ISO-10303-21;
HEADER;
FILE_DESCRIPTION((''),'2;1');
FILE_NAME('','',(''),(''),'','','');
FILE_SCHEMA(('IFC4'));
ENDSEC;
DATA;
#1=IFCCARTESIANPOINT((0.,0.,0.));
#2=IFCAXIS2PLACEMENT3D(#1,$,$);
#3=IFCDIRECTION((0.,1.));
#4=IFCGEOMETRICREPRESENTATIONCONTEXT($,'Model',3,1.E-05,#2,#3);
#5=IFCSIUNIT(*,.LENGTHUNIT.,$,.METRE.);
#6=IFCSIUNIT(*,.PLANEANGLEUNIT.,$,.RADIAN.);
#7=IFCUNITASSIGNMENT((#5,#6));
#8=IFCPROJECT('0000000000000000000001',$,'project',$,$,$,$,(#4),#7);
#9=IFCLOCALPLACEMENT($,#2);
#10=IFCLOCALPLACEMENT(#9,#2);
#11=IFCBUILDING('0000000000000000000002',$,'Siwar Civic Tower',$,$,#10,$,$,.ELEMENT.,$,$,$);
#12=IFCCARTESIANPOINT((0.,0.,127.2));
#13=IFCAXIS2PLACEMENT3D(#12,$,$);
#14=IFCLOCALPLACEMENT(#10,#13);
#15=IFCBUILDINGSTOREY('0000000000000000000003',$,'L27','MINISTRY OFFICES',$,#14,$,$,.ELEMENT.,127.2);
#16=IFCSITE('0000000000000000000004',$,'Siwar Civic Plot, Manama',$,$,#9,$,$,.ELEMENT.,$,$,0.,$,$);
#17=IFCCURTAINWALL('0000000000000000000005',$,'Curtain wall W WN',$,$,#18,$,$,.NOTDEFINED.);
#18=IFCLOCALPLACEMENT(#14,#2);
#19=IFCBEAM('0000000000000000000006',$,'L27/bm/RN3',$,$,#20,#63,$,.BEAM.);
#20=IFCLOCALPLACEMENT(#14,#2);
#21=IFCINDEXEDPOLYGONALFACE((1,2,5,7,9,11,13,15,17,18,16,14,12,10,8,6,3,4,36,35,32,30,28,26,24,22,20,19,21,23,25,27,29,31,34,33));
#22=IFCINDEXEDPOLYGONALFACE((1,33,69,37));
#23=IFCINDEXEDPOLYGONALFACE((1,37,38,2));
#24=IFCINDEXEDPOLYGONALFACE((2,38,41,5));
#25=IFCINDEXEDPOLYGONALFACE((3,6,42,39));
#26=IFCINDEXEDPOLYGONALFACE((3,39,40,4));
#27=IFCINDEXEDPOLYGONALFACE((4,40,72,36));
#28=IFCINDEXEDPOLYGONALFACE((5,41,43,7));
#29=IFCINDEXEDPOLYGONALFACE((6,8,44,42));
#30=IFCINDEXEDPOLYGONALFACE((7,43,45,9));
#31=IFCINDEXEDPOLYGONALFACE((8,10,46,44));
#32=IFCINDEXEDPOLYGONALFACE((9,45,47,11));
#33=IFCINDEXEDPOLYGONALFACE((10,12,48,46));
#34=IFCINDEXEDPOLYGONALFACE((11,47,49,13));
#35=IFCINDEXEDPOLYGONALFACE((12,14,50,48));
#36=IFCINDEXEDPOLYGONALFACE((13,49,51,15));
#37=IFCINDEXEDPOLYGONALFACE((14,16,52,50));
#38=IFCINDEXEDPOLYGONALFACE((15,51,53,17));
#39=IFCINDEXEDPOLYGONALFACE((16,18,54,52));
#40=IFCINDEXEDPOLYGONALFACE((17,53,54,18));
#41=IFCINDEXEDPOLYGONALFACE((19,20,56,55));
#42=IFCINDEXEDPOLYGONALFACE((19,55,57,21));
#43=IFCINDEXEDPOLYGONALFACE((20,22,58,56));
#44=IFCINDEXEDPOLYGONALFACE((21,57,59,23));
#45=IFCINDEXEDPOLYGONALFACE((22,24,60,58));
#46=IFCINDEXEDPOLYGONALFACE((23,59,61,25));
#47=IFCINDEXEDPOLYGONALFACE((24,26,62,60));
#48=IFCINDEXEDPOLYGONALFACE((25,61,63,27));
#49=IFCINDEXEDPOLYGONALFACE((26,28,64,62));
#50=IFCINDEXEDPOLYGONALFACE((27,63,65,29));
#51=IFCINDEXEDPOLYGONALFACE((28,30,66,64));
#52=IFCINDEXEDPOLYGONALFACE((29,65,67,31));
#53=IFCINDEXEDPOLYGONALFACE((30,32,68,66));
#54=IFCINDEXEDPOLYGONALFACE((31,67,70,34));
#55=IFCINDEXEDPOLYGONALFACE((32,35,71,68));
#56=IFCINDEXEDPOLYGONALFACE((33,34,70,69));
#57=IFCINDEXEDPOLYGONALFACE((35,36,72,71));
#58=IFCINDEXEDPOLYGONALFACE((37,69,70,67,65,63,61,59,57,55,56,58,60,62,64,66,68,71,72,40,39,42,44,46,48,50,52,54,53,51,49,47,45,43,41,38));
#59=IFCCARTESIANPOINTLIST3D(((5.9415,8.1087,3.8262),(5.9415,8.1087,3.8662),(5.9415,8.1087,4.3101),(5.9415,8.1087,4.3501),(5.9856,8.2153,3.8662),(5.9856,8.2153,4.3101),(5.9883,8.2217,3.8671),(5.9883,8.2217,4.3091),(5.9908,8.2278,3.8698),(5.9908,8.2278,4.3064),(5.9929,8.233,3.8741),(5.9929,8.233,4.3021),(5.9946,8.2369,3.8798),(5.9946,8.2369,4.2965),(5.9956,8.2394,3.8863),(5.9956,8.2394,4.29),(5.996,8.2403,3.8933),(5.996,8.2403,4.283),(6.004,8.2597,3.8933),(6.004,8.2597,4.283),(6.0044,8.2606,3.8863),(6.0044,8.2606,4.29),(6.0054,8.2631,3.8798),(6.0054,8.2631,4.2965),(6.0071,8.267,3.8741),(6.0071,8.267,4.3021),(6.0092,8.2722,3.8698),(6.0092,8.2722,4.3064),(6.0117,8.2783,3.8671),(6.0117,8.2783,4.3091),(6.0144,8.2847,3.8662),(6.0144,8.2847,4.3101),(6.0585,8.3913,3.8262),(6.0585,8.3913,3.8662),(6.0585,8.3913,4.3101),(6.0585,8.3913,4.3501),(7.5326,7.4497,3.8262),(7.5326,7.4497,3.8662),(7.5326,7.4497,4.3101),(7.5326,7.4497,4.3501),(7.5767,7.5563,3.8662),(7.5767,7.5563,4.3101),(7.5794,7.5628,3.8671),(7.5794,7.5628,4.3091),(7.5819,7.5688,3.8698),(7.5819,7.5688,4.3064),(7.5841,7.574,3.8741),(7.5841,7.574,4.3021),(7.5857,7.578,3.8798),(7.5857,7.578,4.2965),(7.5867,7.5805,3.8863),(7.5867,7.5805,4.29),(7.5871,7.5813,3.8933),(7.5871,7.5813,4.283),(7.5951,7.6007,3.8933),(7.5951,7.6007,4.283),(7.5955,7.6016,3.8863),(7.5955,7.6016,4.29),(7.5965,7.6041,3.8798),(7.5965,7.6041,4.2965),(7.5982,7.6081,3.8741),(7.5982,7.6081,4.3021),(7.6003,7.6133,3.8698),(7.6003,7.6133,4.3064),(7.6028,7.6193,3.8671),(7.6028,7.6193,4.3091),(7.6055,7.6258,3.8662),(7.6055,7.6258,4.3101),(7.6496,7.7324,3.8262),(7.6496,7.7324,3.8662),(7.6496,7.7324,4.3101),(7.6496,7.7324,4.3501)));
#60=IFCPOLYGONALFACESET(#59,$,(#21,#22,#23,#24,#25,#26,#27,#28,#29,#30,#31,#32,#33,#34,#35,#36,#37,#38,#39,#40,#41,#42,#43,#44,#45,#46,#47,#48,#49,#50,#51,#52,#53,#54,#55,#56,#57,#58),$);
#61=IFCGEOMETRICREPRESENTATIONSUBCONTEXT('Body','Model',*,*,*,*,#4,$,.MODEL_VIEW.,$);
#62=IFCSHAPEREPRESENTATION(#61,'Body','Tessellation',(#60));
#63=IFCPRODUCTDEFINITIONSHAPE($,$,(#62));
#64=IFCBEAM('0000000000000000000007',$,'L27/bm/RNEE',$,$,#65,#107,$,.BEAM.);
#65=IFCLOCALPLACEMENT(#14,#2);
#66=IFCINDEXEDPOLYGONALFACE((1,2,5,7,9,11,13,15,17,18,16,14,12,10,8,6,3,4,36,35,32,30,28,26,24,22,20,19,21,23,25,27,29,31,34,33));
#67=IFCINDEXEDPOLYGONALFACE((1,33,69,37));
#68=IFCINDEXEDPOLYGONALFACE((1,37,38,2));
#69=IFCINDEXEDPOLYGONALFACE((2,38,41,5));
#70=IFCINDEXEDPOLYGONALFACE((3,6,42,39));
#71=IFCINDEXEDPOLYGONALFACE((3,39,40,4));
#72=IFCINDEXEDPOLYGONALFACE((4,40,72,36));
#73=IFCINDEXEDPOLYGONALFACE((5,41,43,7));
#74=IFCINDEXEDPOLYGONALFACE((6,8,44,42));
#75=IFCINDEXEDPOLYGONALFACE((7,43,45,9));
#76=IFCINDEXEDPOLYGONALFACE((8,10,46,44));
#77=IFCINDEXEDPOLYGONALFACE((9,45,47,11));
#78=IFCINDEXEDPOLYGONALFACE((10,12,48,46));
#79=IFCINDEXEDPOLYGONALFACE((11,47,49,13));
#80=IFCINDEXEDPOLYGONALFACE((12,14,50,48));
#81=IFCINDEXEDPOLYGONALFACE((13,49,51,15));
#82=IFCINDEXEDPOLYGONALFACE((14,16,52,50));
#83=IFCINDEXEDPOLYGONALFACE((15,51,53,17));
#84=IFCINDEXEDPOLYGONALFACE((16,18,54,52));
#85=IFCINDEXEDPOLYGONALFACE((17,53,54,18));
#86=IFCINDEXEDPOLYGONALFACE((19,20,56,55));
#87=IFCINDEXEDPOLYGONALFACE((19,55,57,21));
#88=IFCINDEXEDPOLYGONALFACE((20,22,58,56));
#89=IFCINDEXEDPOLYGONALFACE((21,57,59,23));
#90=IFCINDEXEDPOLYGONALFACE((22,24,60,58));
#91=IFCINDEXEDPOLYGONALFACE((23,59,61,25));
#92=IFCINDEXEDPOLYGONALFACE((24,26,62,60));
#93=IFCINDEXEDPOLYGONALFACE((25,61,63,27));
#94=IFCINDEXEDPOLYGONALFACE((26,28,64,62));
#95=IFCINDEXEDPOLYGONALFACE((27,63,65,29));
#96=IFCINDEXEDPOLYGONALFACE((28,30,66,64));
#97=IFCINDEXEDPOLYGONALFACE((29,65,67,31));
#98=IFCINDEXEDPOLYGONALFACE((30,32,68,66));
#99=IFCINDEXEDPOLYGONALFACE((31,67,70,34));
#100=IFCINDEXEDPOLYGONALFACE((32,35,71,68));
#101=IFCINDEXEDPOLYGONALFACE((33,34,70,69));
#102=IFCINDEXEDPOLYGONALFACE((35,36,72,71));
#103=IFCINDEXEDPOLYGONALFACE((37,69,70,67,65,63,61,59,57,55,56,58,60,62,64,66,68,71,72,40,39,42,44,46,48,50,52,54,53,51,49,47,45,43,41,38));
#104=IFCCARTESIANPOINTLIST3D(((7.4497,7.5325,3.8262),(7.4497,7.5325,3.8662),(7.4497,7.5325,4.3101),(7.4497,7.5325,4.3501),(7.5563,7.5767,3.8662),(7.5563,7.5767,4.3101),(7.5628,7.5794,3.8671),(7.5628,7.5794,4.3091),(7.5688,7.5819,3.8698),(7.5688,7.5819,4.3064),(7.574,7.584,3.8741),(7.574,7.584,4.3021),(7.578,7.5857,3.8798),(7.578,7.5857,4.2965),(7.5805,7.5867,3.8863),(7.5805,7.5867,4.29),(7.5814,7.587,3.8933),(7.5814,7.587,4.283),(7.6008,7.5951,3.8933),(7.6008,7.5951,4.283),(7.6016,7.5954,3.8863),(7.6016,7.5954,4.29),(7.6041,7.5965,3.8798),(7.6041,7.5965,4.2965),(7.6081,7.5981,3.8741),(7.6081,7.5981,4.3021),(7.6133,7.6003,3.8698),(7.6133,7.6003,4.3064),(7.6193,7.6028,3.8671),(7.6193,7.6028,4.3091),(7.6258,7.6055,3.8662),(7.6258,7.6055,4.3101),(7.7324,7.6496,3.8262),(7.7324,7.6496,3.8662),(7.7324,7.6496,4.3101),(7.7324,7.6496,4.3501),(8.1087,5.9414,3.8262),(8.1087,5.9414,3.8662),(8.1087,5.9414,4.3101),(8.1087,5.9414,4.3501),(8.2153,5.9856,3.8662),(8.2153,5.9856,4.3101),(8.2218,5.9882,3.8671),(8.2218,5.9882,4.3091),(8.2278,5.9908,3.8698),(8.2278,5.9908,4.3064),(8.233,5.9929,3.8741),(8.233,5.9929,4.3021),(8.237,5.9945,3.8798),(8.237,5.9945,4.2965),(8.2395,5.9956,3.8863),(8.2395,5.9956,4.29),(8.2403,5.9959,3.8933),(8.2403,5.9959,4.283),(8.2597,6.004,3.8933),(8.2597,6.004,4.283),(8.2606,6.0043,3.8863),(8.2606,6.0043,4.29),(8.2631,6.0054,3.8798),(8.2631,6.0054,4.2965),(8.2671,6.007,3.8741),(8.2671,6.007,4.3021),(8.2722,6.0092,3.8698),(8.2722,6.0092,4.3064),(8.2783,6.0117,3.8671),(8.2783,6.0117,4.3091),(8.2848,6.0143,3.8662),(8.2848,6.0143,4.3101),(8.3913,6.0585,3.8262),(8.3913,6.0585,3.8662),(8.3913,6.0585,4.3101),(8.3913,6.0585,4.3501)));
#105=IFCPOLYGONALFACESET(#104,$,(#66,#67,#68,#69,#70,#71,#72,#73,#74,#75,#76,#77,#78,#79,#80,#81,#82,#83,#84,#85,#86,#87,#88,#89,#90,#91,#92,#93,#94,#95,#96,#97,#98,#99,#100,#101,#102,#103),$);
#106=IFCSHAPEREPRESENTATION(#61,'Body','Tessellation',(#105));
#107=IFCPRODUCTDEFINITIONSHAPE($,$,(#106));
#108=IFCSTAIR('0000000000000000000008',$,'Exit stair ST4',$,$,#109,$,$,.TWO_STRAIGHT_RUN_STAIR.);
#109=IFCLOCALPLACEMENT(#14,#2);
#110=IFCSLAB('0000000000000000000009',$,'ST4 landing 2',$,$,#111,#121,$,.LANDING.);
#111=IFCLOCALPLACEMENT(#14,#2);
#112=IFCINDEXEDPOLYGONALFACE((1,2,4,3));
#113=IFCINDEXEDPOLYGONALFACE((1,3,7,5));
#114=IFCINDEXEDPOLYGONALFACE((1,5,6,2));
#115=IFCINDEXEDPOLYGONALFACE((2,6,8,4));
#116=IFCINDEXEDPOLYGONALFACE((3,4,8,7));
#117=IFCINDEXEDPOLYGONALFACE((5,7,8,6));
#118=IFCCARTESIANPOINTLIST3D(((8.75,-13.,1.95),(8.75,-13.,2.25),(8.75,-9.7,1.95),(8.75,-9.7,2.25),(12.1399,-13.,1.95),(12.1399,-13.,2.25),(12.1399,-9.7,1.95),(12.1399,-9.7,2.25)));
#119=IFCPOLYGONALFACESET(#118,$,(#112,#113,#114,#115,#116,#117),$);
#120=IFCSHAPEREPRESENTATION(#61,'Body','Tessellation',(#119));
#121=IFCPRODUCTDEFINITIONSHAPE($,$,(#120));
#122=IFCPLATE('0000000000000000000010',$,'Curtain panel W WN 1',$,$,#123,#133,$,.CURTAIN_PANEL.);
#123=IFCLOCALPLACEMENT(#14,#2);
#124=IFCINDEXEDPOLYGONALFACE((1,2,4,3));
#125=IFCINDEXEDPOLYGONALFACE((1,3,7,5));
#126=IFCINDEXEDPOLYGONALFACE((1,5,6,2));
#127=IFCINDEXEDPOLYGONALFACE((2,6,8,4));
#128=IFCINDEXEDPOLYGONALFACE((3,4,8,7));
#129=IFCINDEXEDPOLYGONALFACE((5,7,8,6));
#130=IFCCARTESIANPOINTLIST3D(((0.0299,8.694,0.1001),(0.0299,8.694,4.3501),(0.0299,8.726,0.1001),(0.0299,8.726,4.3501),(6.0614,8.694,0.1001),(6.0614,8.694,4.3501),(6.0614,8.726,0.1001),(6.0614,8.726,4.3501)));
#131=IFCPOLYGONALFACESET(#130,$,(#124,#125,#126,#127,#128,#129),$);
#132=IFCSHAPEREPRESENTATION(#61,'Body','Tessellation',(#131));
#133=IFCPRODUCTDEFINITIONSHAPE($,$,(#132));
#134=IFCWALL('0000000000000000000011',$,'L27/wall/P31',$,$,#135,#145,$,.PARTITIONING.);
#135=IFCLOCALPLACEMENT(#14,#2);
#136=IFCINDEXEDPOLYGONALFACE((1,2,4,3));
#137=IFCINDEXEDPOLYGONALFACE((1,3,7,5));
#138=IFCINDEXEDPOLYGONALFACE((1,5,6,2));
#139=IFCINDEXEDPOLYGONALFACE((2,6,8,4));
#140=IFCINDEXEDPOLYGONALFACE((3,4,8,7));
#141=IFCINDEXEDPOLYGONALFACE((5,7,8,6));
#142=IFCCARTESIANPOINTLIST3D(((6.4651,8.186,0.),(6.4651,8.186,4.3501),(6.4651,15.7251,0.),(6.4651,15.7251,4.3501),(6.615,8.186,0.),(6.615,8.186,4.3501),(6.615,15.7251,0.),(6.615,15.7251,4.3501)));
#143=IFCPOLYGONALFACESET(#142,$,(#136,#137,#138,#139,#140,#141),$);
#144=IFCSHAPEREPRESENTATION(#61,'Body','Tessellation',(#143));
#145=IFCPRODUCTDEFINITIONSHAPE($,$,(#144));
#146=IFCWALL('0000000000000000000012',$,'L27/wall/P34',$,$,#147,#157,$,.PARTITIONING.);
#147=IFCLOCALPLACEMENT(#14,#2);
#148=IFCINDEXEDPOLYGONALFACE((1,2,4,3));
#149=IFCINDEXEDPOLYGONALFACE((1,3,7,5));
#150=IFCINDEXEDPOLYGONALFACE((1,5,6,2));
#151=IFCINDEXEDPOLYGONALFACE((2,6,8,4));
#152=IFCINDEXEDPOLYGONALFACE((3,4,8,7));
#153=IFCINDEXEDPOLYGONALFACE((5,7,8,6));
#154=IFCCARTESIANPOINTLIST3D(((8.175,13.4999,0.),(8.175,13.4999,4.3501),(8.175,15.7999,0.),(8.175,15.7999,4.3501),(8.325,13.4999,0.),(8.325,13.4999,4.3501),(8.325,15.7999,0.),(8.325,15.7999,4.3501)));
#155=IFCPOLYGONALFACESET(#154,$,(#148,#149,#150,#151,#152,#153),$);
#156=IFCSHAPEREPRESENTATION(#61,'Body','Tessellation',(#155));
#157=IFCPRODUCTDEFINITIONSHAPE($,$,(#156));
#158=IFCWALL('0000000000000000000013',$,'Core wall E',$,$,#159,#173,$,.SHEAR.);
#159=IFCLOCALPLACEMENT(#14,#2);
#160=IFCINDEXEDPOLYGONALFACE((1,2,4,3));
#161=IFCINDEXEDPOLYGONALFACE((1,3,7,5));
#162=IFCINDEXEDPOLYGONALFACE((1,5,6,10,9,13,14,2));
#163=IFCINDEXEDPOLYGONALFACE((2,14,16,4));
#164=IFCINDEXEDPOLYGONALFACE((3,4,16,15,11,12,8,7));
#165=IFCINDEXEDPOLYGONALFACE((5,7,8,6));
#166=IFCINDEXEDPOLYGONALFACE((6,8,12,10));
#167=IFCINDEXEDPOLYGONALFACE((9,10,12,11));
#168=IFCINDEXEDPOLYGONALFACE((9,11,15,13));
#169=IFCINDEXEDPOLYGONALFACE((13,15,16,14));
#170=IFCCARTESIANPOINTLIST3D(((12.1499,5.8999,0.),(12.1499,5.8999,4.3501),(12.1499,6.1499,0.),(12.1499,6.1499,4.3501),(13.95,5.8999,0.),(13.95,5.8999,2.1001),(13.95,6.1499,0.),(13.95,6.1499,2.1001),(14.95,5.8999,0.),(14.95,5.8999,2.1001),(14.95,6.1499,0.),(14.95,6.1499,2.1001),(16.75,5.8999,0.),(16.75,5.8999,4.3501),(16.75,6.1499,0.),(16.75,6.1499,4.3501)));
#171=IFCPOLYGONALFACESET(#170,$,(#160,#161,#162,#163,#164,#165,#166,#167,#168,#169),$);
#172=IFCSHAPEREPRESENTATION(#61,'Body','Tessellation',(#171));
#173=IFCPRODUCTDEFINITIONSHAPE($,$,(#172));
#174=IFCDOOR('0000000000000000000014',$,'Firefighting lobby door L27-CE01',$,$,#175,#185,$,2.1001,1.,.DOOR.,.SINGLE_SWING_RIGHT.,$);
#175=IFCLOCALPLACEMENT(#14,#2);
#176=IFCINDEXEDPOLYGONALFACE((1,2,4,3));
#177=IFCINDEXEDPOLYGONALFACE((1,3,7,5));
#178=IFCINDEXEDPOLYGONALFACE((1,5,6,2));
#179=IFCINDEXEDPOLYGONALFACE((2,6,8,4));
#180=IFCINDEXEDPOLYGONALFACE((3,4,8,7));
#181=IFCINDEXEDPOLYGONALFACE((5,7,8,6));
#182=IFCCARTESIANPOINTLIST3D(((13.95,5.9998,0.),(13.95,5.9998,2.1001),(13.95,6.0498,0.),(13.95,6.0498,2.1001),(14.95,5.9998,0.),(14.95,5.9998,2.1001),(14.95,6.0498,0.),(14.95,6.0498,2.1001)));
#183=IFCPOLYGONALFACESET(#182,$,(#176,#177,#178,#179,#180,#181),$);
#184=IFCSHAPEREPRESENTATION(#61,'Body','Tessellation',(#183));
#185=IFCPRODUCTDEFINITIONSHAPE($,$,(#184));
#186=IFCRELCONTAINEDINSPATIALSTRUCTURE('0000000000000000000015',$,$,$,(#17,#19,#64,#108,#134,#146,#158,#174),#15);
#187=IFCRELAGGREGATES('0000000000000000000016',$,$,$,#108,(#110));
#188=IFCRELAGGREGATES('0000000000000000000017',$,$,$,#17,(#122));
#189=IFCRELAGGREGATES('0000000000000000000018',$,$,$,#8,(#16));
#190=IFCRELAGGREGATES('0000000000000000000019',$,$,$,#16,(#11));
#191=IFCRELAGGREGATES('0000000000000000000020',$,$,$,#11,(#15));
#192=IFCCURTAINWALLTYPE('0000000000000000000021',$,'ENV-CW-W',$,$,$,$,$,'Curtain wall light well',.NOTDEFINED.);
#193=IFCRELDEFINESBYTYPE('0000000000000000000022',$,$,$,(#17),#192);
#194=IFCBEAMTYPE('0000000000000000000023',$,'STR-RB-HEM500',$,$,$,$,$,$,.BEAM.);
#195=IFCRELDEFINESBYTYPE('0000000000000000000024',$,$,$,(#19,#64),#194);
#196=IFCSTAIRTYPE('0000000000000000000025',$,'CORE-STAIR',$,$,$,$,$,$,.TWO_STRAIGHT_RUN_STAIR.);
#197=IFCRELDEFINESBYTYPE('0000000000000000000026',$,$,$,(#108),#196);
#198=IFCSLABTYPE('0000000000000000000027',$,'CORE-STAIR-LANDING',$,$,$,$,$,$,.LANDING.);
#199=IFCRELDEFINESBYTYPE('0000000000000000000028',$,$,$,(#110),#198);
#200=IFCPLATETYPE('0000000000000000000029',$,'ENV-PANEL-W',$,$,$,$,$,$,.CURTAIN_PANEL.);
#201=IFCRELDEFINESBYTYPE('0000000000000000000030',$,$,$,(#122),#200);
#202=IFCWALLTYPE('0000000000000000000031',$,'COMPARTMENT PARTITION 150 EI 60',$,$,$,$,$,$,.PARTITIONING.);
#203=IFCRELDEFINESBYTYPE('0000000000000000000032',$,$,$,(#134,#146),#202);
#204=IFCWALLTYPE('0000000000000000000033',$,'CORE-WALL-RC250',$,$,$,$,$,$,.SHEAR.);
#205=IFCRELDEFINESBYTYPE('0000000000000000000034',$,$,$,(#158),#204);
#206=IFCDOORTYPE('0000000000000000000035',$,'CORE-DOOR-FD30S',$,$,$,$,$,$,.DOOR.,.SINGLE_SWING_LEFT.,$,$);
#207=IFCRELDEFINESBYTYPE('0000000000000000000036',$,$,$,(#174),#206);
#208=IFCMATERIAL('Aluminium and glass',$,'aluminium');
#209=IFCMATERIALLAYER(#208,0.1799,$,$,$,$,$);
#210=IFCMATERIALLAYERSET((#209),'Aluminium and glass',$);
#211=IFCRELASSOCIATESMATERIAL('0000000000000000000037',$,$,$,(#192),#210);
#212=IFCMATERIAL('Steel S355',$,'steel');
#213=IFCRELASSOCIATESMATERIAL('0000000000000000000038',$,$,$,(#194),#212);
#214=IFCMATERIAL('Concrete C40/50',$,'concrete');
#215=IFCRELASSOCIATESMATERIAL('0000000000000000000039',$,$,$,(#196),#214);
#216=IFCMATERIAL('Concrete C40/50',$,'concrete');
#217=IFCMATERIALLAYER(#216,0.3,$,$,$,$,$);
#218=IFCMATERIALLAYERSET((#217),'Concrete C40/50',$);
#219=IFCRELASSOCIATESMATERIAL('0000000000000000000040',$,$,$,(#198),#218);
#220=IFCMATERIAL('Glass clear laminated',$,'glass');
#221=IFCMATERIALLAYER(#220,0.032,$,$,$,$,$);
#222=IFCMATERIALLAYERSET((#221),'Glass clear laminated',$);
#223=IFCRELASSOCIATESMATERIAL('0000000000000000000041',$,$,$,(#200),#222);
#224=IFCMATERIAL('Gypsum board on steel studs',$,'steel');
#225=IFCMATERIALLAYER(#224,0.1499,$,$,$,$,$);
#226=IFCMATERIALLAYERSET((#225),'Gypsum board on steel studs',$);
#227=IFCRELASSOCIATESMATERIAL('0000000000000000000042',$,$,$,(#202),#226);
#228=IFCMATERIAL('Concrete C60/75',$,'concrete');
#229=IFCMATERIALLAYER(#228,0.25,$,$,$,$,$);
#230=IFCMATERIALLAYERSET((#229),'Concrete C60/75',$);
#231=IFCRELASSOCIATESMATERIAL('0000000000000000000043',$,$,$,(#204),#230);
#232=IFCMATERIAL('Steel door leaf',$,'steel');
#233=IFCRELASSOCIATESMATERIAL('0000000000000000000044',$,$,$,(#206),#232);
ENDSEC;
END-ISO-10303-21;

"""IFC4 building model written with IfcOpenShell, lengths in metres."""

from ifc_helpers import new_model, si_unit, direction, frame, frame_2d, origin, origin_2d, place, context, subcontext, project, spatial, polyline, rectangle, i_section, outline, extrude, material, layer, layer_set, material_profile, profile_set, type_object, element, fill, aggregate, save


model = new_model("IFC4")

# Units and contexts
model_context = context("Model", 3, precision=1e-05, world=origin(), true_north=direction((0.0, 1.0)))
body_context = subcontext(model_context, "Body", "Model", "MODEL_VIEW")
ifc_project = project(units=[si_unit("LENGTHUNIT", "METRE"), si_unit("PLANEANGLEUNIT", "RADIAN")], contexts=[model_context])

# Site, building, storey
site_placement = place(None, origin())
site = spatial("IfcSite", under=ifc_project, at=site_placement, Name="Siwar Civic Plot, Manama", CompositionType="ELEMENT", RefElevation=0.0)
building_placement = place(site_placement, origin())
building = spatial("IfcBuilding", under=site, at=building_placement, Name="Siwar Civic Tower", CompositionType="ELEMENT")
storey_placement = place(building_placement, frame((0.0, 0.0, 127.2)))
storey = spatial("IfcBuildingStorey", under=building, at=storey_placement, Name="L27", Description="MINISTRY OFFICES", CompositionType="ELEMENT", Elevation=127.2)

# Curtain wall
ifc_material_1 = material(Name="Aluminium and glass", Category="aluminium")
ifc_layer_1 = layer(ifc_material_1, 0.1799)
ifc_layer_set_1 = layer_set([ifc_layer_1], Name="Aluminium and glass")
curtain_wall_type = type_object("IfcCurtainWallType", Name="ENV-CW-W", ElementType="Curtain wall light well", PredefinedType="NOTDEFINED", material=ifc_layer_set_1)
curtain_wall_placement = place(storey_placement, origin())
curtain_wall = element("IfcCurtainWall", 1, at=curtain_wall_placement, inside=storey, type_object=curtain_wall_type, Name="Curtain wall W WN", PredefinedType="NOTDEFINED")

# Beams
ifc_material_2 = material(Name="Steel S355", Category="steel")
ifc_material_profile_1 = material_profile(ifc_material_2, i_section(OverallWidth=0.3059, OverallDepth=0.5239, WebThickness=0.021, FlangeThickness=0.04, FilletRadius=0.0271, at=origin_2d()), Name="HEM500")
ifc_profile_set_1 = profile_set([ifc_material_profile_1], Name="Steel S355")
beam_type_1 = type_object("IfcBeamType", Name="STR-RB-HEM500", PredefinedType="BEAM", material=ifc_profile_set_1)
for number, where, z_axis, x_axis, name in (
    (2, (6.0, 8.25, 4.0881), (0.923901, -0.382631, 0.0), (0.382631, 0.923901, 0.0), "L27/bm/RN3"),
    (3, (7.5911, 7.5911, 4.0881), (0.382631, -0.923901, 0.0), (0.923901, 0.382631, 0.0), "L27/bm/RNEE"),
):
    element("IfcBeam", number, at=place(storey_placement, frame(where, z_axis=z_axis, x_axis=x_axis)), inside=storey, type_object=beam_type_1, Name=name, PredefinedType="BEAM", context=body_context, shape_type="SweptSolid", body=[
        extrude(i_section(OverallWidth=0.3059, OverallDepth=0.5239, WebThickness=0.021, FlangeThickness=0.04, FilletRadius=0.0271, at=origin_2d()), origin(), (0.0, 0.0, 1.0), 1.7222),
    ])

# Stair, slab
ifc_material_3 = material(Name="Concrete C40/50", Category="concrete")
stair_type = type_object("IfcStairType", Name="CORE-STAIR", PredefinedType="TWO_STRAIGHT_RUN_STAIR", material=ifc_material_3)
stair_1_placement = place(storey_placement, origin())
stair_1 = element("IfcStair", 4, at=stair_1_placement, inside=storey, type_object=stair_type, Name="Exit stair ST4", PredefinedType="TWO_STRAIGHT_RUN_STAIR")
ifc_material_4 = material(Name="Concrete C40/50", Category="concrete")
ifc_layer_2 = layer(ifc_material_4, 0.3)
ifc_layer_set_2 = layer_set([ifc_layer_2], Name="Concrete C40/50")
slab_type_1 = type_object("IfcSlabType", Name="CORE-STAIR-LANDING", PredefinedType="LANDING", material=ifc_layer_set_2)
slab_1_placement = place(storey_placement, frame((0.0, 0.0, 1.95)))
slab_1 = element("IfcSlab", 5, at=slab_1_placement, type_object=slab_type_1, Name="ST4 landing 2", PredefinedType="LANDING", context=body_context, shape_type="SweptSolid", body=[
    extrude(outline(polyline([(8.75, -13.0), (12.1399, -13.0), (12.1399, -9.7), (8.75, -9.7), (8.75, -13.0)])), origin(), (0.0, 0.0, 1.0), 0.3),
])
aggregate(stair_1, [slab_1])

# Plate
ifc_material_5 = material(Name="Glass clear laminated", Category="glass")
ifc_layer_3 = layer(ifc_material_5, 0.032)
ifc_layer_set_3 = layer_set([ifc_layer_3], Name="Glass clear laminated")
plate_type = type_object("IfcPlateType", Name="ENV-PANEL-W", PredefinedType="CURTAIN_PANEL", material=ifc_layer_set_3)
plate_placement = place(storey_placement, frame((3.0457, 8.71, 0.1001), z_axis=(0.0, 0.0, 1.0), x_axis=(-1.0, 0.0, 0.0)))
plate = element("IfcPlate", 6, at=plate_placement, type_object=plate_type, Name="Curtain panel W WN 1", PredefinedType="CURTAIN_PANEL", context=body_context, shape_type="SweptSolid", body=[
    extrude(rectangle(XDim=6.0315, YDim=0.032, at=origin_2d()), origin(), (0.0, 0.0, 1.0), 4.25),
])
aggregate(curtain_wall, [plate])

# Walls
ifc_material_6 = material(Name="Gypsum board on steel studs", Category="steel")
ifc_layer_4 = layer(ifc_material_6, 0.1499)
ifc_layer_set_4 = layer_set([ifc_layer_4], Name="Gypsum board on steel studs")
wall_type_1 = type_object("IfcWallType", Name="COMPARTMENT PARTITION 150 EI 60", PredefinedType="PARTITIONING", material=ifc_layer_set_4)
wall_1_placement = place(storey_placement, frame((6.54, 8.186, 0.0), z_axis=(0.0, 0.0, 1.0), x_axis=(0.0, 1.0, 0.0)))
element("IfcWall", 7, at=wall_1_placement, inside=storey, type_object=wall_type_1, Name="L27/wall/P31", PredefinedType="PARTITIONING", context=body_context, shape_type="SweptSolid", body=[
    extrude(rectangle(XDim=7.5391, YDim=0.1499, at=frame_2d((3.7695, 0.0))), origin(), (0.0, 0.0, 1.0), 4.3501),
])
wall_2_placement = place(storey_placement, frame((8.25, 13.5, 0.0), z_axis=(0.0, 0.0, 1.0), x_axis=(0.0, 1.0, 0.0)))
element("IfcWall", 8, at=wall_2_placement, inside=storey, type_object=wall_type_1, Name="L27/wall/P34", PredefinedType="PARTITIONING", context=body_context, shape_type="SweptSolid", body=[
    extrude(rectangle(XDim=2.3, YDim=0.1499, at=frame_2d((1.1499, 0.0))), origin(), (0.0, 0.0, 1.0), 4.3501),
])

# Wall, opening, door
ifc_material_7 = material(Name="Concrete C60/75", Category="concrete")
ifc_layer_5 = layer(ifc_material_7, 0.25)
ifc_layer_set_5 = layer_set([ifc_layer_5], Name="Concrete C60/75")
wall_type_2 = type_object("IfcWallType", Name="CORE-WALL-RC250", PredefinedType="SHEAR", material=ifc_layer_set_5)
wall_3_placement = place(storey_placement, frame((12.1499, 6.0249, 0.0), z_axis=(0.0, 0.0, 1.0), x_axis=(1.0, 0.0, 0.0)))
wall_3 = element("IfcWall", 9, at=wall_3_placement, inside=storey, type_object=wall_type_2, Name="Core wall E", PredefinedType="SHEAR", context=body_context, shape_type="SweptSolid", body=[
    extrude(rectangle(XDim=4.6001, YDim=0.25, at=frame_2d((2.3, 0.0))), origin(), (0.0, 0.0, 1.0), 4.3501),
])
opening_1_placement = place(wall_3_placement, frame((1.8, 0.0, 0.0)))
opening_1 = element("IfcOpeningElement", 10, at=opening_1_placement, cuts=wall_3, PredefinedType="OPENING", context=body_context, shape_type="SweptSolid", body=[
    extrude(rectangle(XDim=1.0, YDim=2.1001, at=frame_2d((0.5, 1.05))), frame((0.0, 0.135, 0.0), z_axis=(0.0, -1.0, 0.0), x_axis=(1.0, 0.0, 0.0)), (0.0, 0.0, 1.0), 0.27),
])
ifc_material_8 = material(Name="Steel door leaf", Category="steel")
door_type_1 = type_object("IfcDoorType", Name="CORE-DOOR-FD30S", OperationType="SINGLE_SWING_LEFT", PredefinedType="DOOR", material=ifc_material_8)
door_1_placement = place(opening_1_placement, origin())
door_1 = element("IfcDoor", 11, at=door_1_placement, inside=storey, type_object=door_type_1, Name="Firefighting lobby door L27-CE01", OperationType="SINGLE_SWING_RIGHT", OverallHeight=2.1001, OverallWidth=1.0, PredefinedType="DOOR", context=body_context, shape_type="SweptSolid", body=[
    extrude(rectangle(XDim=1.0, YDim=2.1001, at=frame_2d((0.5, 1.05))), frame((0.0, 0.0249, 0.0), z_axis=(0.0, -1.0, 0.0), x_axis=(1.0, 0.0, 0.0)), (0.0, 0.0, 1.0), 0.05),
])
fill(opening_1, door_1)

save(model, "model.ifc")
